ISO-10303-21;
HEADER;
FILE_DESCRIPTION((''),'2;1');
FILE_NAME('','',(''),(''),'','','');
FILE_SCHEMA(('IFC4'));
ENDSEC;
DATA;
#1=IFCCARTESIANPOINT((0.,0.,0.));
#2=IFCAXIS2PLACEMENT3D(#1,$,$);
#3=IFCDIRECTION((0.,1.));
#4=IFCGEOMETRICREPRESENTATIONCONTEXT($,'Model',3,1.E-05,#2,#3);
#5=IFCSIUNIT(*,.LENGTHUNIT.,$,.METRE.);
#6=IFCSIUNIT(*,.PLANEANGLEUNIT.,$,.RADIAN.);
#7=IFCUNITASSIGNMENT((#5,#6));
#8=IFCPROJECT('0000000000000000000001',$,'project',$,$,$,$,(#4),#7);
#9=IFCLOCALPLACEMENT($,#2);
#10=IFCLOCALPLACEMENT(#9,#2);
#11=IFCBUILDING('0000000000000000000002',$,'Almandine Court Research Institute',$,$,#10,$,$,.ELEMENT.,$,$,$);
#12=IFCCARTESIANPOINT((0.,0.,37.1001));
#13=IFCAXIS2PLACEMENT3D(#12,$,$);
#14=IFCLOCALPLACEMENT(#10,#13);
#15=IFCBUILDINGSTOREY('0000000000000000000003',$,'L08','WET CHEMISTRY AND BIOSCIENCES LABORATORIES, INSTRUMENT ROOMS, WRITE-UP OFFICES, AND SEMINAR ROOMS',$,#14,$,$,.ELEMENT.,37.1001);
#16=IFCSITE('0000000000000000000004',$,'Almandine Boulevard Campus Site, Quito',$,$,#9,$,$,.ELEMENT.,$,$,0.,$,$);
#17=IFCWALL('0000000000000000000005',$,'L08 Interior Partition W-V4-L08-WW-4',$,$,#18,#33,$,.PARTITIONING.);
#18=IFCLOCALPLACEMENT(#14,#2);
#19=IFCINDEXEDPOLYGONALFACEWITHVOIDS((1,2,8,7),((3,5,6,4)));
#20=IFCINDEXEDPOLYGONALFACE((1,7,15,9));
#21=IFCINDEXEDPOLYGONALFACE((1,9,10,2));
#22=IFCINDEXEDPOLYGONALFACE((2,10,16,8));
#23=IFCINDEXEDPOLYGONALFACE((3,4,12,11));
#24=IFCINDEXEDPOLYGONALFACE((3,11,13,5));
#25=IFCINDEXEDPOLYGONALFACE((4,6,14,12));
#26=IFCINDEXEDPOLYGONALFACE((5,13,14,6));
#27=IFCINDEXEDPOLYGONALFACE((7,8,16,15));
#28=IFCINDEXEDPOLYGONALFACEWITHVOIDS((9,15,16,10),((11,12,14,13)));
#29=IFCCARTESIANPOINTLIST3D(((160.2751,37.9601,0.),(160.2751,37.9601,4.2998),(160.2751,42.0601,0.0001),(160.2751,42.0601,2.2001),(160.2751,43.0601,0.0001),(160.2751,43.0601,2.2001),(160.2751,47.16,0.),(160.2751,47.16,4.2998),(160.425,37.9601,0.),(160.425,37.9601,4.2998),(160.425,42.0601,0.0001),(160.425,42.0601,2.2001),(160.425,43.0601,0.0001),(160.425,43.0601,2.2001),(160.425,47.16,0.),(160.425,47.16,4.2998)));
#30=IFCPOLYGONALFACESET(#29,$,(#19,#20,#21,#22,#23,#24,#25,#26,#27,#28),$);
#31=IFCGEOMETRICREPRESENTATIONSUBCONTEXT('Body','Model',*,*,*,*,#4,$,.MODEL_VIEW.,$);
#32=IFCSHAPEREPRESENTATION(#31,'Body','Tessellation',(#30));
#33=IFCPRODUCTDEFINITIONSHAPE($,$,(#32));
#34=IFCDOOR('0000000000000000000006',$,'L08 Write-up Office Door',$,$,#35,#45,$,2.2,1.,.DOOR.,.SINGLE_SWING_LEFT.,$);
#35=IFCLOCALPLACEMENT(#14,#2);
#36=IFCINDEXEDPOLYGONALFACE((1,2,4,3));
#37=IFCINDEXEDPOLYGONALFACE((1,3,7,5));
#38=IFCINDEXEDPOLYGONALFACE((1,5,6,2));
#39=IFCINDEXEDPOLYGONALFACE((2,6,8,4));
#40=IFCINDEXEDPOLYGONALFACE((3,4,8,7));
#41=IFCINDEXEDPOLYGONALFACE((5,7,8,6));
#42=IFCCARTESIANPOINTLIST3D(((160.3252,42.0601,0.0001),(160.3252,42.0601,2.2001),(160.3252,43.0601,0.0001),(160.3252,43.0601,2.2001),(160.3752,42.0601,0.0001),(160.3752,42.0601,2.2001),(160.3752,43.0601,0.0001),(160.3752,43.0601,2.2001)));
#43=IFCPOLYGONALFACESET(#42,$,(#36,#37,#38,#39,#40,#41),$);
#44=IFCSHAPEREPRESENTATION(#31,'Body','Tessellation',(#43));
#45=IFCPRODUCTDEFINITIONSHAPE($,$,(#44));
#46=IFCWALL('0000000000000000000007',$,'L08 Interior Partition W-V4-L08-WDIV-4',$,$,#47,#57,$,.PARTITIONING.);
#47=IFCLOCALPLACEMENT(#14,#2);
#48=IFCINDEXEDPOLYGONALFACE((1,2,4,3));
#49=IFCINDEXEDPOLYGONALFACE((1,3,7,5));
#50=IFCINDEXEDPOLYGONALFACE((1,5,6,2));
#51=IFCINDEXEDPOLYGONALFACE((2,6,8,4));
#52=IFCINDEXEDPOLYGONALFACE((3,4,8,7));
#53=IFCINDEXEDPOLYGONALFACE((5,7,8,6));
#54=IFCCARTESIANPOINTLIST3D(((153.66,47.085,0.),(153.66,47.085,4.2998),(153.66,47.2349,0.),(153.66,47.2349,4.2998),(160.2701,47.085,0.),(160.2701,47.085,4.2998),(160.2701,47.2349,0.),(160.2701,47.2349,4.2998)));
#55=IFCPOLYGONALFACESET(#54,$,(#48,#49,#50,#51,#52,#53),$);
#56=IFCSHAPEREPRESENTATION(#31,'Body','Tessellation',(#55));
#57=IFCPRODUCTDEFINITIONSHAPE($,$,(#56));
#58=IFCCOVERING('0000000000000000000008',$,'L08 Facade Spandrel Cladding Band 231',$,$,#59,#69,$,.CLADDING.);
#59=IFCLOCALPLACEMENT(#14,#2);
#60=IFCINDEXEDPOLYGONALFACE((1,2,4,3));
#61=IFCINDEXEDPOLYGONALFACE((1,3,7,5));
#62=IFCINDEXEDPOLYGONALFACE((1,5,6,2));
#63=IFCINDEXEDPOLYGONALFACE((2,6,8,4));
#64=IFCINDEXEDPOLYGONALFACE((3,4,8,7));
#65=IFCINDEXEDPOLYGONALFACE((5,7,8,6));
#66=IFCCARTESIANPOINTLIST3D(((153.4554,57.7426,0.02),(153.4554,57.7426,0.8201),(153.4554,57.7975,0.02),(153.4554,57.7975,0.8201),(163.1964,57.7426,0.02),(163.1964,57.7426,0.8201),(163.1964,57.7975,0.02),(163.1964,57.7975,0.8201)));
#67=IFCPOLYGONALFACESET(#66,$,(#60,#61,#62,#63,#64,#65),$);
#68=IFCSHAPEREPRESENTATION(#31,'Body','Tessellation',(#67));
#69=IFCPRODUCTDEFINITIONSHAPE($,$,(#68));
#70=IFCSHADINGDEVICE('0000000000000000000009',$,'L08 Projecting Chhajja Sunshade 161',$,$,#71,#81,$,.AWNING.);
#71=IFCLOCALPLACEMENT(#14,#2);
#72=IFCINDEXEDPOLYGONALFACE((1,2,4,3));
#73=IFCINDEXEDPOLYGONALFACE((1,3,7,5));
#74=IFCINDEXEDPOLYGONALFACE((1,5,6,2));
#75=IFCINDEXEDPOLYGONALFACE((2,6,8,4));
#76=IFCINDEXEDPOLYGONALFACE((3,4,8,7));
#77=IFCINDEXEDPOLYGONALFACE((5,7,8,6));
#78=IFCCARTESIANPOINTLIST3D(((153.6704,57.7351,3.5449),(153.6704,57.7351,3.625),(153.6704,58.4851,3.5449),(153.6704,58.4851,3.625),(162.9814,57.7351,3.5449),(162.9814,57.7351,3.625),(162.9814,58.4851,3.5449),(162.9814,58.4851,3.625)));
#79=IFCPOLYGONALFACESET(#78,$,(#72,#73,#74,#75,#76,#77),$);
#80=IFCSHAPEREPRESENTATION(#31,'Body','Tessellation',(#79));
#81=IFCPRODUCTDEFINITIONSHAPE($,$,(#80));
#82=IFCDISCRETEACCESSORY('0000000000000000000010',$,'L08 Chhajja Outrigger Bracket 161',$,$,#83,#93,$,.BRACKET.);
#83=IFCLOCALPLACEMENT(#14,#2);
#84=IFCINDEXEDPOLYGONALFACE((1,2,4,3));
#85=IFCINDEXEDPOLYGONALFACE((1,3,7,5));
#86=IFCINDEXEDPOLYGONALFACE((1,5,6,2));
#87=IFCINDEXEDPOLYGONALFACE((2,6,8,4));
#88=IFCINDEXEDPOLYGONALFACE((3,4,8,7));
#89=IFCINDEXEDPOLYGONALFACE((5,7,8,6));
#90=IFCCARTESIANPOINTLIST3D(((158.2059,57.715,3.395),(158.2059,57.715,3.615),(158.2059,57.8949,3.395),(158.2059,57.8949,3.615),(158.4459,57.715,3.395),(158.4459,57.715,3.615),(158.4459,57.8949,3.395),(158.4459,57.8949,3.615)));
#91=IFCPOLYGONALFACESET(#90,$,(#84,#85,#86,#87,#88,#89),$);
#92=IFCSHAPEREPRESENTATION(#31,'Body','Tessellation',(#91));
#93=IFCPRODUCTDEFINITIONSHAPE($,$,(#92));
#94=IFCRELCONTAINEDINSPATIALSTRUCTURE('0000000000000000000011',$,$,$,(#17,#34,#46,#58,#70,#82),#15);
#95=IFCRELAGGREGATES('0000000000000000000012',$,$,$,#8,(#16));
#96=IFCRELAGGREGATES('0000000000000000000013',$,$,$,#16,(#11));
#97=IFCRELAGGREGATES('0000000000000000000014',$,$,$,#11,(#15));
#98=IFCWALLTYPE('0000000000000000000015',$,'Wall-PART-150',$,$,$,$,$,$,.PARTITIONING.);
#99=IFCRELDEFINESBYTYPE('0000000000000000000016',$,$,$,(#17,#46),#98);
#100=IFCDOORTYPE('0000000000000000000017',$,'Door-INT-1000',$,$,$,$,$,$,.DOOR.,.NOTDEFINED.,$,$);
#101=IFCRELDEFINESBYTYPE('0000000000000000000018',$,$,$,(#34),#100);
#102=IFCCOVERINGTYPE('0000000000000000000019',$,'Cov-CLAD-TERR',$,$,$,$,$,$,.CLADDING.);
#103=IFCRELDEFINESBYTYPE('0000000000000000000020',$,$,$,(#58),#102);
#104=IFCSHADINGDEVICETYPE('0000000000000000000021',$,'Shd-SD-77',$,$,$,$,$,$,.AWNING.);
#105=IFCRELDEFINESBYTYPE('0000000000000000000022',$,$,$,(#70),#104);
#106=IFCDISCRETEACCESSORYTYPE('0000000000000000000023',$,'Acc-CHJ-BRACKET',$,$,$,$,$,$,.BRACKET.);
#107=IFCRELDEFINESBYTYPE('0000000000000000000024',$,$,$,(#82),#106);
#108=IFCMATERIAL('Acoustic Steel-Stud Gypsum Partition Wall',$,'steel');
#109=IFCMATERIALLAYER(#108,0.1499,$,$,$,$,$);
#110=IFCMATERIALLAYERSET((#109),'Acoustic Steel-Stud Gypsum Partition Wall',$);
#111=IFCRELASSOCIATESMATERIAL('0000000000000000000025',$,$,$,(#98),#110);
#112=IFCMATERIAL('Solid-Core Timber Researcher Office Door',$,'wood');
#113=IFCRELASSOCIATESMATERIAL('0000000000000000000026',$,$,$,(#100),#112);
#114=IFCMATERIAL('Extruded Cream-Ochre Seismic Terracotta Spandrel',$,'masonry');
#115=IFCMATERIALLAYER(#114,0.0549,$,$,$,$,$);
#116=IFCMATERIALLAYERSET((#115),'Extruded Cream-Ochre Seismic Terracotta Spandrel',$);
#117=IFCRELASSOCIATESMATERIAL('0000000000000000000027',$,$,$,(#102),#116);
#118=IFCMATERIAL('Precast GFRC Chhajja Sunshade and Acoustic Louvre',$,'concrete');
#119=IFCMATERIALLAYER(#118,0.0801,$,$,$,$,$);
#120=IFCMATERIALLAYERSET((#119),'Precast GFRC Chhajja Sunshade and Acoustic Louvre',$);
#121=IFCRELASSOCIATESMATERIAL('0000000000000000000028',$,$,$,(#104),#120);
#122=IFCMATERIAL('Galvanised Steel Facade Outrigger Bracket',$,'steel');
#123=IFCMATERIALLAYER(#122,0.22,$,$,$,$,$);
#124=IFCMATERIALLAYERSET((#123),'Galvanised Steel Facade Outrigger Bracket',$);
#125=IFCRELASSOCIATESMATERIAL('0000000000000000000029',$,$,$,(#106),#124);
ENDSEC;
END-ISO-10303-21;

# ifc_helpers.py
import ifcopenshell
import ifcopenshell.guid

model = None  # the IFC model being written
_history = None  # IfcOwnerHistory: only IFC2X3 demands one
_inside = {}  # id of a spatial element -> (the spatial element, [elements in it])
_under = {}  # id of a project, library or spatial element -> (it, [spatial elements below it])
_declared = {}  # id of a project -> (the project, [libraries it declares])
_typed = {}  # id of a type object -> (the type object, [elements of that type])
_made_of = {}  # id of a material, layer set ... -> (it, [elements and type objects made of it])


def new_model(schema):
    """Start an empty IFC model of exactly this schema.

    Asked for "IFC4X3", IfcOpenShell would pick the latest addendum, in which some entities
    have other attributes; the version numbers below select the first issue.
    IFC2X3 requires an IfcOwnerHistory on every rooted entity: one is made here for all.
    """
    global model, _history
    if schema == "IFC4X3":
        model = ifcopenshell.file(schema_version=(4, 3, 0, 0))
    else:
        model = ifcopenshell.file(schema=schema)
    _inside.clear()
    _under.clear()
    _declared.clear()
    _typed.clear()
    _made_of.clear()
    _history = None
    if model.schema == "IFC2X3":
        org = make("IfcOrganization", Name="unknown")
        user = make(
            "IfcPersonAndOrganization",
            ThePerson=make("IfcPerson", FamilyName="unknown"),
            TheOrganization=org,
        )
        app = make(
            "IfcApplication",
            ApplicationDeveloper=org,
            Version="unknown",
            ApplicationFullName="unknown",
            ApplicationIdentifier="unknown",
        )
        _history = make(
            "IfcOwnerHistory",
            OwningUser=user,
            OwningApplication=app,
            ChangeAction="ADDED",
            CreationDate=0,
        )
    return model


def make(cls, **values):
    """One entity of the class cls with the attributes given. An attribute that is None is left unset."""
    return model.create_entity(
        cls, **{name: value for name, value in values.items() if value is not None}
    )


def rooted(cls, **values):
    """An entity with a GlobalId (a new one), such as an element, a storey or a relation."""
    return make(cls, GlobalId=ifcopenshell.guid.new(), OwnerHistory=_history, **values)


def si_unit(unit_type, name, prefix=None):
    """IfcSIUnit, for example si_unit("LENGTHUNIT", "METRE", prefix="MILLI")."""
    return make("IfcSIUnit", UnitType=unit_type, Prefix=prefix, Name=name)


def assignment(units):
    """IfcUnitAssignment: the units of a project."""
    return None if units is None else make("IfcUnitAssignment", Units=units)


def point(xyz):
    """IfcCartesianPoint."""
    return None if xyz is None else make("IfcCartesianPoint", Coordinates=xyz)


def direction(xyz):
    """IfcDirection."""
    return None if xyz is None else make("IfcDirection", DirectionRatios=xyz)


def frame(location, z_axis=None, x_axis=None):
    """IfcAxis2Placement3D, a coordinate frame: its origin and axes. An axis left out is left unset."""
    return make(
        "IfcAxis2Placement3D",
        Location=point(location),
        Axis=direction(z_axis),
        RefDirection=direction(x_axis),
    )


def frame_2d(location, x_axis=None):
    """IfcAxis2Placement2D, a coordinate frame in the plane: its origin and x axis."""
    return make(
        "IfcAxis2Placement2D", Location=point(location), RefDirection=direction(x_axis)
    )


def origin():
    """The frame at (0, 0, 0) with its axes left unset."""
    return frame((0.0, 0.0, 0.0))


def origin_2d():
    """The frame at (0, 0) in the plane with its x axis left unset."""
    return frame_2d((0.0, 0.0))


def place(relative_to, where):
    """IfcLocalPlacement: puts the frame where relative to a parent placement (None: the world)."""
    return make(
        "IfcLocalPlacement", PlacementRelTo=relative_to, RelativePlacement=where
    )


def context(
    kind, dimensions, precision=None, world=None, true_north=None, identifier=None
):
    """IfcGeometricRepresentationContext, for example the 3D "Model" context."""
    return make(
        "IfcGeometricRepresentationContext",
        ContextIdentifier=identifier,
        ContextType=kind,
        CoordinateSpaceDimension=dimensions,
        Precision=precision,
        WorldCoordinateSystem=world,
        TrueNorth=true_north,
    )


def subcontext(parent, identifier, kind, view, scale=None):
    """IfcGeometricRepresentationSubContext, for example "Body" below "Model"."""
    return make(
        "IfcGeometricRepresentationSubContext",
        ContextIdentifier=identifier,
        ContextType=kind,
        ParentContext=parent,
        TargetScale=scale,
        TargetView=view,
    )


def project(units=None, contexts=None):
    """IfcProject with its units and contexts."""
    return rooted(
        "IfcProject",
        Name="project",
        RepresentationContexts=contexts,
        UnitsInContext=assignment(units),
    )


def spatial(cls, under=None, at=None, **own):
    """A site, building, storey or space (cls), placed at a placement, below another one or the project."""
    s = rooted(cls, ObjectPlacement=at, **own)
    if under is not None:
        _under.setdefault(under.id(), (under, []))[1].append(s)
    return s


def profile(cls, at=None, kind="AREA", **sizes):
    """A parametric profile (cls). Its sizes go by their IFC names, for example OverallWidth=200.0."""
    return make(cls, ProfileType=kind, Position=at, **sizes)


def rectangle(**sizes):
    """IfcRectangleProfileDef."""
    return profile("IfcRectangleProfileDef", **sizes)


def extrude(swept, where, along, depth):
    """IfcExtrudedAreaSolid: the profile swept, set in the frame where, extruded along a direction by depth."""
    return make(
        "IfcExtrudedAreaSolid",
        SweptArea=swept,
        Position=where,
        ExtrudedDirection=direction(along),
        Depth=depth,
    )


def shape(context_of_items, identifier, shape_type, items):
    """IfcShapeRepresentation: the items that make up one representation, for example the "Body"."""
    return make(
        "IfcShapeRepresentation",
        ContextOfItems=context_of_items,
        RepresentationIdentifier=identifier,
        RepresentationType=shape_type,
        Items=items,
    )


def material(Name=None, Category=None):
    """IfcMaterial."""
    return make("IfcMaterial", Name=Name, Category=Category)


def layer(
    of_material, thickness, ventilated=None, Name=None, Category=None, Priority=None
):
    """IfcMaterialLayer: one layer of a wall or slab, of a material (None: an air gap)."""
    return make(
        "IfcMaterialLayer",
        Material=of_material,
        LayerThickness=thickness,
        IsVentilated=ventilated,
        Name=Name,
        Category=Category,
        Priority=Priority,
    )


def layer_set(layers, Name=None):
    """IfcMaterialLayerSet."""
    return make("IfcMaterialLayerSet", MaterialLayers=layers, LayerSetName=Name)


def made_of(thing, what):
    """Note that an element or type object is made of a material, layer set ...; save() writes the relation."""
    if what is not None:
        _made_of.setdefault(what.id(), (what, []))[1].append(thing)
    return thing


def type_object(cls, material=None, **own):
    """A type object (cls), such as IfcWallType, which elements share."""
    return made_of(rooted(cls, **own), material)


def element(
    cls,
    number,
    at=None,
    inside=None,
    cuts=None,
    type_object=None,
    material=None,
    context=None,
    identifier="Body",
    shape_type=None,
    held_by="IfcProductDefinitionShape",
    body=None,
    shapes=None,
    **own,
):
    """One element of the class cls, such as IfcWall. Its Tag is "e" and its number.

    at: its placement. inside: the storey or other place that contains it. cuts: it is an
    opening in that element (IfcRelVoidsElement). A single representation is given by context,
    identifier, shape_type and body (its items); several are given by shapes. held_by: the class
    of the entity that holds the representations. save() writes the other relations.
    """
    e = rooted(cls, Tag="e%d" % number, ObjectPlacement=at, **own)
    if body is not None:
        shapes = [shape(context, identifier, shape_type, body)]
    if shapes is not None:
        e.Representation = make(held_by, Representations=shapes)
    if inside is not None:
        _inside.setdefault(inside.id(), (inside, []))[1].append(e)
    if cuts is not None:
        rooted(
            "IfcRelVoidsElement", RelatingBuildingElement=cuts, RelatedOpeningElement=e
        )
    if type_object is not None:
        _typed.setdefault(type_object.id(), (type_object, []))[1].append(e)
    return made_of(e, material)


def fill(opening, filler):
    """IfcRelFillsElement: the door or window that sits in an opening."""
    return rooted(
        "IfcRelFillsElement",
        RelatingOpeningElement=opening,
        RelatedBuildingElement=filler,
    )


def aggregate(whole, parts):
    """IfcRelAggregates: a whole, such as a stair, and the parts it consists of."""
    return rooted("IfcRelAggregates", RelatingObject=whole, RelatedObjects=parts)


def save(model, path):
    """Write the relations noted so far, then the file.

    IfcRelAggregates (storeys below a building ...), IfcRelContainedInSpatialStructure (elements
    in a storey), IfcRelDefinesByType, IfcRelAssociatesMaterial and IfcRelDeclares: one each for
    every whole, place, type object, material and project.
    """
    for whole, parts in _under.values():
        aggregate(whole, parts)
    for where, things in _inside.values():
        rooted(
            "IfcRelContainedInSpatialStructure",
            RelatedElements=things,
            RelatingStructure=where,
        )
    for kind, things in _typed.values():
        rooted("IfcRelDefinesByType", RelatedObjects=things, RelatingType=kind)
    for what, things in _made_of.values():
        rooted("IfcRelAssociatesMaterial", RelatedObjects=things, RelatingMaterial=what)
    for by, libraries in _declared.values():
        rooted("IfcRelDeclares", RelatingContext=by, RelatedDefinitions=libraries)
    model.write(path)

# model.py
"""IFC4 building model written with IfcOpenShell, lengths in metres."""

from ifc_helpers import new_model, si_unit, direction, frame, frame_2d, origin, origin_2d, place, context, subcontext, project, spatial, rectangle, extrude, material, layer, layer_set, type_object, element, fill, save


model = new_model("IFC4")

# Units and contexts
model_context = context("Model", 3, precision=1e-05, world=origin(), true_north=direction((0.0, 1.0)))
body_context = subcontext(model_context, "Body", "Model", "MODEL_VIEW")
ifc_project = project(units=[si_unit("LENGTHUNIT", "METRE"), si_unit("PLANEANGLEUNIT", "RADIAN")], contexts=[model_context])

# Site, building, storey
site_placement = place(None, origin())
site = spatial("IfcSite", under=ifc_project, at=site_placement, Name="Almandine Boulevard Campus Site, Quito", CompositionType="ELEMENT", RefElevation=0.0)
building_placement = place(site_placement, origin())
building = spatial("IfcBuilding", under=site, at=building_placement, Name="Almandine Court Research Institute", CompositionType="ELEMENT")
storey_placement = place(building_placement, frame((0.0, 0.0, 37.1001)))
storey = spatial("IfcBuildingStorey", under=building, at=storey_placement, Name="L08", Description="WET CHEMISTRY AND BIOSCIENCES LABORATORIES, INSTRUMENT ROOMS, WRITE-UP OFFICES, AND SEMINAR ROOMS", CompositionType="ELEMENT", Elevation=37.1001)

# Shared definitions
ifc_material_1 = material(Name="Acoustic Steel-Stud Gypsum Partition Wall", Category="steel")
ifc_layer_1 = layer(ifc_material_1, 0.1499)
ifc_layer_set_1 = layer_set([ifc_layer_1], Name="Acoustic Steel-Stud Gypsum Partition Wall")
wall_type_1 = type_object("IfcWallType", Name="Wall-PART-150", PredefinedType="PARTITIONING", material=ifc_layer_set_1)

# Wall, opening, door
wall_1_placement = place(storey_placement, frame((160.3501, 37.96, 0.0), z_axis=(0.0, 0.0, 1.0), x_axis=(0.0, 1.0, 0.0)))
wall_1 = element("IfcWall", 1, at=wall_1_placement, inside=storey, type_object=wall_type_1, Name="L08 Interior Partition W-V4-L08-WW-4", PredefinedType="PARTITIONING", context=body_context, shape_type="SweptSolid", body=[
    extrude(rectangle(XDim=9.2, YDim=0.1499, at=frame_2d((4.6001, 0.0))), origin(), (0.0, 0.0, 1.0), 4.2998),
])
opening_1_placement = place(wall_1_placement, frame((4.1001, 0.0, 0.0)))
opening_1 = element("IfcOpeningElement", 2, at=opening_1_placement, cuts=wall_1, PredefinedType="OPENING", context=body_context, shape_type="SweptSolid", body=[
    extrude(rectangle(XDim=1.0, YDim=2.2, at=frame_2d((0.5, 1.1001))), frame((0.0, 0.085, 0.0), z_axis=(0.0, -1.0, 0.0), x_axis=(1.0, 0.0, 0.0)), (0.0, 0.0, 1.0), 0.1699),
])
ifc_material_2 = material(Name="Solid-Core Timber Researcher Office Door", Category="wood")
door_type_1 = type_object("IfcDoorType", Name="Door-INT-1000", OperationType="NOTDEFINED", PredefinedType="DOOR", material=ifc_material_2)
door_1_placement = place(opening_1_placement, origin())
door_1 = element("IfcDoor", 3, at=door_1_placement, inside=storey, type_object=door_type_1, Name="L08 Write-up Office Door", OperationType="SINGLE_SWING_LEFT", OverallHeight=2.2, OverallWidth=1.0, PredefinedType="DOOR", context=body_context, shape_type="SweptSolid", body=[
    extrude(rectangle(XDim=1.0, YDim=2.2, at=frame_2d((0.5, 1.1001))), frame((0.0, 0.0249, 0.0), z_axis=(0.0, -1.0, 0.0), x_axis=(1.0, 0.0, 0.0)), (0.0, 0.0, 1.0), 0.05),
])
fill(opening_1, door_1)

# Wall
wall_2_placement = place(storey_placement, frame((153.6599, 47.1599, 0.0), z_axis=(0.0, 0.0, 1.0), x_axis=(1.0, 0.0, 0.0)))
element("IfcWall", 4, at=wall_2_placement, inside=storey, type_object=wall_type_1, Name="L08 Interior Partition W-V4-L08-WDIV-4", PredefinedType="PARTITIONING", context=body_context, shape_type="SweptSolid", body=[
    extrude(rectangle(XDim=6.6101, YDim=0.1499, at=frame_2d((3.3052, 0.0))), origin(), (0.0, 0.0, 1.0), 4.2998),
])

# Covering
ifc_material_3 = material(Name="Extruded Cream-Ochre Seismic Terracotta Spandrel", Category="masonry")
ifc_layer_2 = layer(ifc_material_3, 0.0549)
ifc_layer_set_2 = layer_set([ifc_layer_2], Name="Extruded Cream-Ochre Seismic Terracotta Spandrel")
covering_type = type_object("IfcCoveringType", Name="Cov-CLAD-TERR", PredefinedType="CLADDING", material=ifc_layer_set_2)
covering_placement = place(storey_placement, frame((158.3259, 57.77, 0.02), z_axis=(0.0, 0.0, 1.0), x_axis=(1.0, 0.0, 0.0)))
element("IfcCovering", 5, at=covering_placement, inside=storey, type_object=covering_type, Name="L08 Facade Spandrel Cladding Band 231", PredefinedType="CLADDING", context=body_context, shape_type="SweptSolid", body=[
    extrude(rectangle(XDim=9.741, YDim=0.0549, at=origin_2d()), origin(), (0.0, 0.0, 1.0), 0.8),
])

# Shading device
ifc_material_4 = material(Name="Precast GFRC Chhajja Sunshade and Acoustic Louvre", Category="concrete")
ifc_layer_3 = layer(ifc_material_4, 0.0801)
ifc_layer_set_3 = layer_set([ifc_layer_3], Name="Precast GFRC Chhajja Sunshade and Acoustic Louvre")
shading_device_type = type_object("IfcShadingDeviceType", Name="Shd-SD-77", PredefinedType="AWNING", material=ifc_layer_set_3)
shading_device_placement = place(storey_placement, frame((158.3259, 58.1101, 3.5449), z_axis=(0.0, 0.0, 1.0), x_axis=(1.0, 0.0, 0.0)))
element("IfcShadingDevice", 6, at=shading_device_placement, inside=storey, type_object=shading_device_type, Name="L08 Projecting Chhajja Sunshade 161", PredefinedType="AWNING", context=body_context, shape_type="SweptSolid", body=[
    extrude(rectangle(XDim=9.311, YDim=0.75, at=origin_2d()), origin(), (0.0, 0.0, 1.0), 0.0801),
])

# Discrete accessory
ifc_material_5 = material(Name="Galvanised Steel Facade Outrigger Bracket", Category="steel")
ifc_layer_4 = layer(ifc_material_5, 0.22)
ifc_layer_set_4 = layer_set([ifc_layer_4], Name="Galvanised Steel Facade Outrigger Bracket")
discrete_accessory_type = type_object("IfcDiscreteAccessoryType", Name="Acc-CHJ-BRACKET", PredefinedType="BRACKET", material=ifc_layer_set_4)
discrete_accessory_placement = place(storey_placement, frame((158.3259, 57.8049, 3.395), z_axis=(0.0, 0.0, 1.0), x_axis=(1.0, 0.0, 0.0)))
element("IfcDiscreteAccessory", 7, at=discrete_accessory_placement, inside=storey, type_object=discrete_accessory_type, Name="L08 Chhajja Outrigger Bracket 161", PredefinedType="BRACKET", context=body_context, shape_type="SweptSolid", body=[
    extrude(rectangle(XDim=0.24, YDim=0.1799, at=origin_2d()), origin(), (0.0, 0.0, 1.0), 0.22),
])

save(model, "model.ifc")
